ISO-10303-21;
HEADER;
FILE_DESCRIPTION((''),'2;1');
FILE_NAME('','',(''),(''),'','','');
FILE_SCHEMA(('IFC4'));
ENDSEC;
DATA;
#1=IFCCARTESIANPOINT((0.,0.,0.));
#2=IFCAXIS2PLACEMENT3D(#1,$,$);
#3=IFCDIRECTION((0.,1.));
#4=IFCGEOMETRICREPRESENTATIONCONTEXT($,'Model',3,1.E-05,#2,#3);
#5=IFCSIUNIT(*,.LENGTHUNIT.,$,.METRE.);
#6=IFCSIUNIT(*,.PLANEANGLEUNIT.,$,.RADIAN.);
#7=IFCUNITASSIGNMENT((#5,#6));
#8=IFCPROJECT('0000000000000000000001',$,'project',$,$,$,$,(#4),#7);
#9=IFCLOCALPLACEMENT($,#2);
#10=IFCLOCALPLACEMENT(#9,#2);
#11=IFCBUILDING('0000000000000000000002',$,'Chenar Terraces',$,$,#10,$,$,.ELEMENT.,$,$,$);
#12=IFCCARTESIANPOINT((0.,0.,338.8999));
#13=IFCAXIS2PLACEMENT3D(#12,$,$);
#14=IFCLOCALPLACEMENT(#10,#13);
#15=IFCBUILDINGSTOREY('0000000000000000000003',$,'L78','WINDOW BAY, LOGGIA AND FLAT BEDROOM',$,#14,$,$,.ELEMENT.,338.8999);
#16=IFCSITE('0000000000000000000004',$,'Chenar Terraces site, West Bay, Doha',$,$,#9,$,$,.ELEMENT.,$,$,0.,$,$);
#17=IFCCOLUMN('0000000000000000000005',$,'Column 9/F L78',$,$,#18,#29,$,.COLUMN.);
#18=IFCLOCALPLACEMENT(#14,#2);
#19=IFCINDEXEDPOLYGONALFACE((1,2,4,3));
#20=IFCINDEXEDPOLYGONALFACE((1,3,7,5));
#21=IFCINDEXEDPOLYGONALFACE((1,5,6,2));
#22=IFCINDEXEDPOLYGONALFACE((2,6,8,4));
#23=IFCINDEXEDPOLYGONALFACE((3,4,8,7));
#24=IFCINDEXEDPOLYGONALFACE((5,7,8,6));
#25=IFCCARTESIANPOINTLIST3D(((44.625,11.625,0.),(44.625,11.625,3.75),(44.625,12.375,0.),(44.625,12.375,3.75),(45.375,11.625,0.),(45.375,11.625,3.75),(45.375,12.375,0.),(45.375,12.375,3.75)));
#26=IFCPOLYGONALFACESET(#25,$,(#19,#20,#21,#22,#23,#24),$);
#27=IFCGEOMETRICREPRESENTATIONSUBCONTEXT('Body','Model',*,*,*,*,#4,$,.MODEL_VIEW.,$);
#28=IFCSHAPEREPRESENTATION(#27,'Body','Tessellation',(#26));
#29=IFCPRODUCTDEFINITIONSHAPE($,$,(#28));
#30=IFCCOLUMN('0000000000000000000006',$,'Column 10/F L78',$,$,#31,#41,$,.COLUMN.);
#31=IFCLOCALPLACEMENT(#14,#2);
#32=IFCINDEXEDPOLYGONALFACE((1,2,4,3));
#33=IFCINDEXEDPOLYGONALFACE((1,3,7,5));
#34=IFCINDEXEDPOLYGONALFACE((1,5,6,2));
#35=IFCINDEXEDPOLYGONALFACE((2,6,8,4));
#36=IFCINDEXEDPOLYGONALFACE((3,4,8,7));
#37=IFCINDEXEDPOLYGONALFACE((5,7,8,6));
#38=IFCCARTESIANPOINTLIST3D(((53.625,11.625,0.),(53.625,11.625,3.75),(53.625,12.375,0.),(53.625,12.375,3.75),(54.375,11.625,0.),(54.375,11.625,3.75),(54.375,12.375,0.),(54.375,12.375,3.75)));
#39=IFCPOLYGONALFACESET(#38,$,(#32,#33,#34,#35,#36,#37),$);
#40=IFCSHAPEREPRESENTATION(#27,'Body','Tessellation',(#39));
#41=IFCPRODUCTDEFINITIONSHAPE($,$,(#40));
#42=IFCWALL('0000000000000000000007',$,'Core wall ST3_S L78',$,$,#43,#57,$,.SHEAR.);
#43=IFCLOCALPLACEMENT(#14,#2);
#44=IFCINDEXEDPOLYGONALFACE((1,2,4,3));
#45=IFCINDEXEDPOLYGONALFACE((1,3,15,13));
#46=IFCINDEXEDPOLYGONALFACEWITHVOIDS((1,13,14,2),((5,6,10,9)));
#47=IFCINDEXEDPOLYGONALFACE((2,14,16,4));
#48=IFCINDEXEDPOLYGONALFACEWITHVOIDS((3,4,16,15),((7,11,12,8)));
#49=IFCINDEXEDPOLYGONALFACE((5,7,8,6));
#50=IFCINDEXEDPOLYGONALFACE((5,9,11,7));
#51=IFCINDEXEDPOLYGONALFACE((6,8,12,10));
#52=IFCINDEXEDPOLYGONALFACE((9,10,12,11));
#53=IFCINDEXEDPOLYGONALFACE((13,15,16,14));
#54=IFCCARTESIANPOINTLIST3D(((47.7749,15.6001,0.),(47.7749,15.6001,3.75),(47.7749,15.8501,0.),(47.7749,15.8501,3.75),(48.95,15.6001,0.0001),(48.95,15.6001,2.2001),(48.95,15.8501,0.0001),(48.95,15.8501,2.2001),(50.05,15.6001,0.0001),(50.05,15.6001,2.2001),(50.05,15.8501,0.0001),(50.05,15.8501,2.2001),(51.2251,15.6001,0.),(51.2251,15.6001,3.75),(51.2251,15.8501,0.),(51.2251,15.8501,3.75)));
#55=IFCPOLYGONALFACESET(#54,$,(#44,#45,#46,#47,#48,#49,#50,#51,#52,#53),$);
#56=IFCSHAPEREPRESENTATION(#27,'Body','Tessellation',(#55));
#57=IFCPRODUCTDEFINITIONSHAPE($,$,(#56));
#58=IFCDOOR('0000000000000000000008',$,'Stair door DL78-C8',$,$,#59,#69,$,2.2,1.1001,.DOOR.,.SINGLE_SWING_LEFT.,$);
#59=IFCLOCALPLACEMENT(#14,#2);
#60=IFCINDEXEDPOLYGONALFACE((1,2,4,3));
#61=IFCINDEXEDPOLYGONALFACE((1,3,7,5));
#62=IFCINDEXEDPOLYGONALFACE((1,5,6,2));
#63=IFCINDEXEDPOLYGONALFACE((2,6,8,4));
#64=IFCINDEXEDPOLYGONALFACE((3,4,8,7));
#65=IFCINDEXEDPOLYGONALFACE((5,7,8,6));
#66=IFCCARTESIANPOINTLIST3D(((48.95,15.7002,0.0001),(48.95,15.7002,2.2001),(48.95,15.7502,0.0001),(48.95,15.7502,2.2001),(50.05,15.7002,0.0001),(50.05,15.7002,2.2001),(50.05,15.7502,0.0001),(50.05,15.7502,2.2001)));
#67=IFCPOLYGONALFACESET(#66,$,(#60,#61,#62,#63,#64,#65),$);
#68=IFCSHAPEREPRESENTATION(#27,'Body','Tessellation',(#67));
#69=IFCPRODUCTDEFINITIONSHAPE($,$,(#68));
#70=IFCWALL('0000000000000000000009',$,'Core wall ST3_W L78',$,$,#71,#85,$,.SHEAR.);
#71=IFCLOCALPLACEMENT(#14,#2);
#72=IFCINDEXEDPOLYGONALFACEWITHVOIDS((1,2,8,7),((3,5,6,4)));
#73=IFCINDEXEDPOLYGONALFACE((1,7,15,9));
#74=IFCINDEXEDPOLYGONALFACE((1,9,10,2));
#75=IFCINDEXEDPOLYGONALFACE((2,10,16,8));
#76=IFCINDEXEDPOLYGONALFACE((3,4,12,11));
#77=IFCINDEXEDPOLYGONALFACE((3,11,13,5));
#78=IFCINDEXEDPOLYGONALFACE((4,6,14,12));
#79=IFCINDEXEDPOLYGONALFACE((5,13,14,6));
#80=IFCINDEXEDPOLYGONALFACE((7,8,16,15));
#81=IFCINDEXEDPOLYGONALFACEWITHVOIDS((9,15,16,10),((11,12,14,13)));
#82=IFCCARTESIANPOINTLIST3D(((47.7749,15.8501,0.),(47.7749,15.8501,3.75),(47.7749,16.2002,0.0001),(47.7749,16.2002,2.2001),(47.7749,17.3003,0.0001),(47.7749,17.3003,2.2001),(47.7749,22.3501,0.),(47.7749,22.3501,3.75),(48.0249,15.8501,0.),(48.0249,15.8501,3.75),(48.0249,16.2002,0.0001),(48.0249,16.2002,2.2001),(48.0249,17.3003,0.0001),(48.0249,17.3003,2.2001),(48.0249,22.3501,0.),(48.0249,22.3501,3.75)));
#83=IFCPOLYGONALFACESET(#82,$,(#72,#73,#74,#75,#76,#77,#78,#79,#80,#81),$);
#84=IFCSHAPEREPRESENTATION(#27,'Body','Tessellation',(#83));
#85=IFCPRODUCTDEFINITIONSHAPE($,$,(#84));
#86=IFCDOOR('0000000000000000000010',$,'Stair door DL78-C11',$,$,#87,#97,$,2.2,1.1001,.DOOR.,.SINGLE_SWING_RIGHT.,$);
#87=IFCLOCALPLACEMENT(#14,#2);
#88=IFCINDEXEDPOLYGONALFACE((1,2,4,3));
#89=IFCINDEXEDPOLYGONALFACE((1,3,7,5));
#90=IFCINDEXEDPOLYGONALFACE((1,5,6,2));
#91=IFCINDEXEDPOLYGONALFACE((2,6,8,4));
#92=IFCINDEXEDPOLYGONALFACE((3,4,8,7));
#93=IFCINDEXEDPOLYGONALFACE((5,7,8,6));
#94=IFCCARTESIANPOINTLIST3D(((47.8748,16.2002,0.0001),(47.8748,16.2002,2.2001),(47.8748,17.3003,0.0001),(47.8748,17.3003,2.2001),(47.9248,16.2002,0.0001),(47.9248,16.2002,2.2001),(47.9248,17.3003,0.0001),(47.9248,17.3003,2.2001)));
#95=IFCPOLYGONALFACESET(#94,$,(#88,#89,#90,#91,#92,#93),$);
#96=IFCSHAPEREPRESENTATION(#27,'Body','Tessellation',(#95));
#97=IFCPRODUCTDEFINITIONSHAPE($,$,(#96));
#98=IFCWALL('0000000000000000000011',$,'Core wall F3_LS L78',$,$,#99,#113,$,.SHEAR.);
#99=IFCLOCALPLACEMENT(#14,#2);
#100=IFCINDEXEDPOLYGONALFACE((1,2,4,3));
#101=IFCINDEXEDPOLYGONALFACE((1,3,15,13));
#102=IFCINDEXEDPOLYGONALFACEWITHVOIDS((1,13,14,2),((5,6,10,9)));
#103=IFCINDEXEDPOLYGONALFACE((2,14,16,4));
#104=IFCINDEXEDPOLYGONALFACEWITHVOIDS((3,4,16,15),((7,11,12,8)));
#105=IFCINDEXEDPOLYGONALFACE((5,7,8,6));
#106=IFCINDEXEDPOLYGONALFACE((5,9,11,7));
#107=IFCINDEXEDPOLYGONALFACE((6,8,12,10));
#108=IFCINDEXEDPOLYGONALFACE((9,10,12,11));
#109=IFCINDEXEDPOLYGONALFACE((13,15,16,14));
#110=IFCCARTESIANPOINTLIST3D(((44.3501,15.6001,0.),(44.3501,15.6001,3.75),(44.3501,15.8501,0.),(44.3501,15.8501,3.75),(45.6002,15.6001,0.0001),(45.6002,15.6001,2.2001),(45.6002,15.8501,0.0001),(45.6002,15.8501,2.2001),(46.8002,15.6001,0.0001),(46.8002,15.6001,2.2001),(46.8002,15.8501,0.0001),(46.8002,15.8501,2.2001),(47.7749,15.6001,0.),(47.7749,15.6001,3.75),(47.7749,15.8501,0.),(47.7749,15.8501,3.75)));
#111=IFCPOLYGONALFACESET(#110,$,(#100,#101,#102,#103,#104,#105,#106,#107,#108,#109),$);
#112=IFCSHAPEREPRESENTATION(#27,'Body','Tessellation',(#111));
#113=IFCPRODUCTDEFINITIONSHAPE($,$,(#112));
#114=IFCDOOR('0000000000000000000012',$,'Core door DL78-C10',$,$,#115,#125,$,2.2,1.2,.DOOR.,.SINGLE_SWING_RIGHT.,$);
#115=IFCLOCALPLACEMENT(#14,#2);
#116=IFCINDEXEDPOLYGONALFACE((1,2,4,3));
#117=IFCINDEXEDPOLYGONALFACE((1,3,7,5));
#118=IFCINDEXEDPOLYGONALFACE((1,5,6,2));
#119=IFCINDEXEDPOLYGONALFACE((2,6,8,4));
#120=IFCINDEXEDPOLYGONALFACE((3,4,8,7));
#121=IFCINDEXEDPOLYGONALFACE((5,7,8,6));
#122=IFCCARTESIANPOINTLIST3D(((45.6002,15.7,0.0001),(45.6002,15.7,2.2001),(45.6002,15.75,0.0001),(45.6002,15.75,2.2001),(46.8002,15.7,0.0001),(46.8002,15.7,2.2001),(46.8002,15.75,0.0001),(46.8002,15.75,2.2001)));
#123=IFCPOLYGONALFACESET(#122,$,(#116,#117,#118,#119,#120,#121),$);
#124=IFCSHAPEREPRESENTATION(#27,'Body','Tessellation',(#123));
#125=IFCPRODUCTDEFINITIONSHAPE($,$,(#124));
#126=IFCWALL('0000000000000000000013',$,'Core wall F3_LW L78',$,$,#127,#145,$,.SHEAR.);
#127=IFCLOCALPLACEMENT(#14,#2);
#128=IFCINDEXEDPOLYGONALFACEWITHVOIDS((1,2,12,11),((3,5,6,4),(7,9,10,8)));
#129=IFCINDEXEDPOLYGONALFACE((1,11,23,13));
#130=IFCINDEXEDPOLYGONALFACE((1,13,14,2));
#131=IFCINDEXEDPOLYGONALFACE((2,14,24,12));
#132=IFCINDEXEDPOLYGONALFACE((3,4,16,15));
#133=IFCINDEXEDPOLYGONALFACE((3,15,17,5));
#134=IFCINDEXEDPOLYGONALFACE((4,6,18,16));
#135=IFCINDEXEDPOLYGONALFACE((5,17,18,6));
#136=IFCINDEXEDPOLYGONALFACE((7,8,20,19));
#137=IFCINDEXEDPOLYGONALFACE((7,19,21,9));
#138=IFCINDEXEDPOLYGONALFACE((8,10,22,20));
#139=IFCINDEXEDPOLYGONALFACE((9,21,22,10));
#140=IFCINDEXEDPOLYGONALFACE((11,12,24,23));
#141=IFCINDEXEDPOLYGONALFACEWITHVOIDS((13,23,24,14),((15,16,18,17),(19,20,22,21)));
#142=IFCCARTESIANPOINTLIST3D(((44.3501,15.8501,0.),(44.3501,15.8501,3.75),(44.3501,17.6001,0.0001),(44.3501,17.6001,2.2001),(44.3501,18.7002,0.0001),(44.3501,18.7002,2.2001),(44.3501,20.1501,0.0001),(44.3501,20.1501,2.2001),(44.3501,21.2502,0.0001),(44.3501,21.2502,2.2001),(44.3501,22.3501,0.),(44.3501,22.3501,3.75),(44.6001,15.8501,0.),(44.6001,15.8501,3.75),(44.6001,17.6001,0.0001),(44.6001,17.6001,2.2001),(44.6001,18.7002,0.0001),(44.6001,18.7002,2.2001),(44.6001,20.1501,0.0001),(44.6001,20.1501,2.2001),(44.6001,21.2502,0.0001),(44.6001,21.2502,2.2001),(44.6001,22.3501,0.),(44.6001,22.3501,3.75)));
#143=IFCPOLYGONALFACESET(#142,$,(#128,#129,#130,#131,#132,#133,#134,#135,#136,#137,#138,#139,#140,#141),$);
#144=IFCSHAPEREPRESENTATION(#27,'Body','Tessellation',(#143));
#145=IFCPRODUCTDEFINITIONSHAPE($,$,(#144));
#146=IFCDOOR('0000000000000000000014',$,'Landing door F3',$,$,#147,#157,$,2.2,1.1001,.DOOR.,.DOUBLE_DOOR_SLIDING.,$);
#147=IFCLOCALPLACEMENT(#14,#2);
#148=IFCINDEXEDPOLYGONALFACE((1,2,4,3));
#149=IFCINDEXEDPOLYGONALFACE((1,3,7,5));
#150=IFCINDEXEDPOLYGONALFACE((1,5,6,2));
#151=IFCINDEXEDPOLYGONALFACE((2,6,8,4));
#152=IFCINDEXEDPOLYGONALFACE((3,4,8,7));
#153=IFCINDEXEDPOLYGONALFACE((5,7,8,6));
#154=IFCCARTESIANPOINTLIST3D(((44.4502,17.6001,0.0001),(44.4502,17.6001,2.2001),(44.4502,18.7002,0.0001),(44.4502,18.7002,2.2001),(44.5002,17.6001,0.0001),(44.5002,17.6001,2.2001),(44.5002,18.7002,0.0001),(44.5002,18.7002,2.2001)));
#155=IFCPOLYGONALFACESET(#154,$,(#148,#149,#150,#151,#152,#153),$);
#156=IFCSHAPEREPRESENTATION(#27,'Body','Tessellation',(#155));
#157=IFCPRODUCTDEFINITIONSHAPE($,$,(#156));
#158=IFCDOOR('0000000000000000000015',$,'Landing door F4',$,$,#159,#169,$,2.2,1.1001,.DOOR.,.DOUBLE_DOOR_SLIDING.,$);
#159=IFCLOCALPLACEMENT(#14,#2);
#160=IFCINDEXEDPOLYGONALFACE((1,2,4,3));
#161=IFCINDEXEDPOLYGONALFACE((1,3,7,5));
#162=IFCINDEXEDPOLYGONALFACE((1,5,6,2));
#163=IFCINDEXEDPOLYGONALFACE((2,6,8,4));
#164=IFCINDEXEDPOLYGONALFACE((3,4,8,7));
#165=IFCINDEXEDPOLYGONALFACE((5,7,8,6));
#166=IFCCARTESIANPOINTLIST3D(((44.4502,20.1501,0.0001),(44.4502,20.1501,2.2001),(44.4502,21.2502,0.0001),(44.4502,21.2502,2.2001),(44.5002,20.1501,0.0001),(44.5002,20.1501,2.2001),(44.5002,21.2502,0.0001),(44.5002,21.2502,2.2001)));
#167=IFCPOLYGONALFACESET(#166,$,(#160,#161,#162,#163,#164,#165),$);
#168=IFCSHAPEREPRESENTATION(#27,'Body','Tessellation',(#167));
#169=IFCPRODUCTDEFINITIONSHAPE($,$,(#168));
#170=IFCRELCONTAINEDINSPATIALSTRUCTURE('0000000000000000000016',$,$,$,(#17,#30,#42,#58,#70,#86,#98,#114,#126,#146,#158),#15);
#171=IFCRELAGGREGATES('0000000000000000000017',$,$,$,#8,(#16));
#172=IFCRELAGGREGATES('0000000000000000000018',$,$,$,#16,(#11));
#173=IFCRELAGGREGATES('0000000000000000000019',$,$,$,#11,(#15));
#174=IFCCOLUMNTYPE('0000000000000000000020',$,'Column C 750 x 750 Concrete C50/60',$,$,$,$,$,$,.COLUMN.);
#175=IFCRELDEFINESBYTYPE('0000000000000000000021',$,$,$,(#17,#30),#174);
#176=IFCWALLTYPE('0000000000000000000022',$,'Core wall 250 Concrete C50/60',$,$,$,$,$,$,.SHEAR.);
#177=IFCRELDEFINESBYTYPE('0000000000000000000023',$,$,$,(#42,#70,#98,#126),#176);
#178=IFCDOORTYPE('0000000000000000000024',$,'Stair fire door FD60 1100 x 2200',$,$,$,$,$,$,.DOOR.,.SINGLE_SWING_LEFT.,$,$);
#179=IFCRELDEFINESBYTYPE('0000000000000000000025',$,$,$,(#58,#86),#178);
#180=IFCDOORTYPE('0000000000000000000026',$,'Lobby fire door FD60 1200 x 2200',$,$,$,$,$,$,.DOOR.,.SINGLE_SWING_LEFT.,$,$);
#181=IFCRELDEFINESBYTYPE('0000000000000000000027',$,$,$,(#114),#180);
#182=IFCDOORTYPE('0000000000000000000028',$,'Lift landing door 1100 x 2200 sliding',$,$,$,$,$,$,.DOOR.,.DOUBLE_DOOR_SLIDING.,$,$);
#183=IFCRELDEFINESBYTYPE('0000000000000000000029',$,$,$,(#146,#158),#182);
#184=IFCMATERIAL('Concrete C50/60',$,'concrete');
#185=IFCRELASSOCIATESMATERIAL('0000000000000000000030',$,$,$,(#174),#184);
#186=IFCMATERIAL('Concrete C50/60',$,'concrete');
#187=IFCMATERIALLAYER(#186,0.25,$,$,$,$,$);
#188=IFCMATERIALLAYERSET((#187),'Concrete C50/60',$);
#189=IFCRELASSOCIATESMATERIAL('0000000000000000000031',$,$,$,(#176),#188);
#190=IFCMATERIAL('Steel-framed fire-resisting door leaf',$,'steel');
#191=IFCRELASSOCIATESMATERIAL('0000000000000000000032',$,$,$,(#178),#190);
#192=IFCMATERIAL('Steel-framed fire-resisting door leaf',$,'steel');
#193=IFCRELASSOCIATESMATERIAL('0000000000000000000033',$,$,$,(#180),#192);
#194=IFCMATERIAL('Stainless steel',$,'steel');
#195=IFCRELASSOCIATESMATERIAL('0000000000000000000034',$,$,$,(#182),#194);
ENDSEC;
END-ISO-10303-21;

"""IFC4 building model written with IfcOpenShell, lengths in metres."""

from ifc_helpers import new_model, si_unit, direction, frame, frame_2d, origin, origin_2d, place, context, subcontext, project, spatial, rectangle, extrude, material, layer, layer_set, material_profile, profile_set, type_object, element, fill, save


model = new_model("IFC4")

# Units and contexts
model_context = context("Model", 3, precision=1e-05, world=origin(), true_north=direction((0.0, 1.0)))
body_context = subcontext(model_context, "Body", "Model", "MODEL_VIEW")
ifc_project = project(units=[si_unit("LENGTHUNIT", "METRE"), si_unit("PLANEANGLEUNIT", "RADIAN")], contexts=[model_context])

# Site, building, storey
site_placement = place(None, origin())
site = spatial("IfcSite", under=ifc_project, at=site_placement, Name="Chenar Terraces site, West Bay, Doha", CompositionType="ELEMENT", RefElevation=0.0)
building_placement = place(site_placement, origin())
building = spatial("IfcBuilding", under=site, at=building_placement, Name="Chenar Terraces", CompositionType="ELEMENT")
storey_placement = place(building_placement, frame((0.0, 0.0, 338.8999)))
storey = spatial("IfcBuildingStorey", under=building, at=storey_placement, Name="L78", Description="WINDOW BAY, LOGGIA AND FLAT BEDROOM", CompositionType="ELEMENT", Elevation=338.8999)

# Columns
ifc_material_1 = material(Name="Concrete C50/60", Category="concrete")
ifc_material_profile_1 = material_profile(ifc_material_1, rectangle(XDim=0.75, YDim=0.75, at=origin_2d()), Name="C 750 x 750")
ifc_profile_set_1 = profile_set([ifc_material_profile_1], Name="Concrete C50/60")
column_type = type_object("IfcColumnType", Name="Column C 750 x 750 Concrete C50/60", PredefinedType="COLUMN", material=ifc_profile_set_1)
for number, where, z_axis, x_axis, name in (
    (1, (45.0, 12.0, 0.0), (0.0, 0.0, 1.0), (1.0, 0.0, 0.0), "Column 9/F L78"),
    (2, (54.0, 12.0, 0.0), (0.0, 0.0, 1.0), (1.0, 0.0, 0.0), "Column 10/F L78"),
):
    element("IfcColumn", number, at=place(storey_placement, frame(where, z_axis=z_axis, x_axis=x_axis)), inside=storey, type_object=column_type, Name=name, PredefinedType="COLUMN", context=body_context, shape_type="SweptSolid", body=[
        extrude(rectangle(XDim=0.75, YDim=0.75, at=origin_2d()), origin(), (0.0, 0.0, 1.0), 3.75),
    ])

# Walls, openings, doors
ifc_material_2 = material(Name="Concrete C50/60", Category="concrete")
ifc_layer_1 = layer(ifc_material_2, 0.25)
ifc_layer_set_1 = layer_set([ifc_layer_1], Name="Concrete C50/60")
wall_type_1 = type_object("IfcWallType", Name="Core wall 250 Concrete C50/60", PredefinedType="SHEAR", material=ifc_layer_set_1)
wall_1_placement = place(storey_placement, frame((47.7749, 15.7251, 0.0), z_axis=(0.0, 0.0, 1.0), x_axis=(1.0, 0.0, 0.0)))
wall_1 = element("IfcWall", 3, at=wall_1_placement, inside=storey, type_object=wall_type_1, Name="Core wall ST3_S L78", PredefinedType="SHEAR", context=body_context, shape_type="SweptSolid", body=[
    extrude(rectangle(XDim=3.4502, YDim=0.25, at=frame_2d((1.7251, 0.0))), origin(), (0.0, 0.0, 1.0), 3.75),
])
opening_1_placement = place(wall_1_placement, frame((1.175, 0.0, 0.0)))
opening_1 = element("IfcOpeningElement", 4, at=opening_1_placement, cuts=wall_1, PredefinedType="OPENING", context=body_context, shape_type="SweptSolid", body=[
    extrude(rectangle(XDim=1.1001, YDim=2.2, at=frame_2d((0.55, 1.1001))), frame((0.0, 0.135, 0.0), z_axis=(0.0, -1.0, 0.0), x_axis=(1.0, 0.0, 0.0)), (0.0, 0.0, 1.0), 0.27),
])
ifc_material_3 = material(Name="Steel-framed fire-resisting door leaf", Category="steel")
door_type_1 = type_object("IfcDoorType", Name="Stair fire door FD60 1100 x 2200", OperationType="SINGLE_SWING_LEFT", PredefinedType="DOOR", material=ifc_material_3)
door_1_placement = place(opening_1_placement, frame((1.1001, 0.0, 0.0), z_axis=(0.0, 0.0, 1.0), x_axis=(-1.0, 0.0, 0.0)))
door_1 = element("IfcDoor", 5, at=door_1_placement, inside=storey, type_object=door_type_1, Name="Stair door DL78-C8", OperationType="SINGLE_SWING_LEFT", OverallHeight=2.2, OverallWidth=1.1001, PredefinedType="DOOR", context=body_context, shape_type="SweptSolid", body=[
    extrude(rectangle(XDim=1.1001, YDim=2.2, at=frame_2d((0.55, 1.1001))), frame((0.0, 0.0249, 0.0), z_axis=(0.0, -1.0, 0.0), x_axis=(1.0, 0.0, 0.0)), (0.0, 0.0, 1.0), 0.05),
])
fill(opening_1, door_1)
wall_2_placement = place(storey_placement, frame((47.8999, 15.8501, 0.0), z_axis=(0.0, 0.0, 1.0), x_axis=(0.0, 1.0, 0.0)))
wall_2 = element("IfcWall", 6, at=wall_2_placement, inside=storey, type_object=wall_type_1, Name="Core wall ST3_W L78", PredefinedType="SHEAR", context=body_context, shape_type="SweptSolid", body=[
    extrude(rectangle(XDim=6.5, YDim=0.25, at=frame_2d((3.25, 0.0))), origin(), (0.0, 0.0, 1.0), 3.75),
])
opening_2_placement = place(wall_2_placement, frame((0.3501, 0.0, 0.0)))
opening_2 = element("IfcOpeningElement", 7, at=opening_2_placement, cuts=wall_2, PredefinedType="OPENING", context=body_context, shape_type="SweptSolid", body=[
    extrude(rectangle(XDim=1.1001, YDim=2.2, at=frame_2d((0.55, 1.1001))), frame((0.0, 0.135, 0.0), z_axis=(0.0, -1.0, 0.0), x_axis=(1.0, 0.0, 0.0)), (0.0, 0.0, 1.0), 0.27),
])
door_2_placement = place(opening_2_placement, frame((1.1001, 0.0, 0.0), z_axis=(0.0, 0.0, 1.0), x_axis=(-1.0, 0.0, 0.0)))
door_2 = element("IfcDoor", 8, at=door_2_placement, inside=storey, type_object=door_type_1, Name="Stair door DL78-C11", OperationType="SINGLE_SWING_RIGHT", OverallHeight=2.2, OverallWidth=1.1001, PredefinedType="DOOR", context=body_context, shape_type="SweptSolid", body=[
    extrude(rectangle(XDim=1.1001, YDim=2.2, at=frame_2d((0.55, 1.1001))), frame((0.0, 0.0249, 0.0), z_axis=(0.0, -1.0, 0.0), x_axis=(1.0, 0.0, 0.0)), (0.0, 0.0, 1.0), 0.05),
])
fill(opening_2, door_2)
wall_3_placement = place(storey_placement, frame((44.3501, 15.7251, 0.0), z_axis=(0.0, 0.0, 1.0), x_axis=(1.0, 0.0, 0.0)))
wall_3 = element("IfcWall", 9, at=wall_3_placement, inside=storey, type_object=wall_type_1, Name="Core wall F3_LS L78", PredefinedType="SHEAR", context=body_context, shape_type="SweptSolid", body=[
    extrude(rectangle(XDim=3.4248, YDim=0.25, at=frame_2d((1.7124, 0.0))), origin(), (0.0, 0.0, 1.0), 3.75),
])
opening_3_placement = place(wall_3_placement, frame((1.25, 0.0, 0.0)))
opening_3 = element("IfcOpeningElement", 10, at=opening_3_placement, cuts=wall_3, PredefinedType="OPENING", context=body_context, shape_type="SweptSolid", body=[
    extrude(rectangle(XDim=1.2, YDim=2.2, at=frame_2d((0.6001, 1.1001))), frame((0.0, 0.135, 0.0), z_axis=(0.0, -1.0, 0.0), x_axis=(1.0, 0.0, 0.0)), (0.0, 0.0, 1.0), 0.27),
])
ifc_material_4 = material(Name="Steel-framed fire-resisting door leaf", Category="steel")
door_type_2 = type_object("IfcDoorType", Name="Lobby fire door FD60 1200 x 2200", OperationType="SINGLE_SWING_LEFT", PredefinedType="DOOR", material=ifc_material_4)
door_3_placement = place(opening_3_placement, origin())
door_3 = element("IfcDoor", 11, at=door_3_placement, inside=storey, type_object=door_type_2, Name="Core door DL78-C10", OperationType="SINGLE_SWING_RIGHT", OverallHeight=2.2, OverallWidth=1.2, PredefinedType="DOOR", context=body_context, shape_type="SweptSolid", body=[
    extrude(rectangle(XDim=1.2, YDim=2.2, at=frame_2d((0.6001, 1.1001))), frame((0.0, 0.0249, 0.0), z_axis=(0.0, -1.0, 0.0), x_axis=(1.0, 0.0, 0.0)), (0.0, 0.0, 1.0), 0.05),
])
fill(opening_3, door_3)

# Wall, openings, doors
wall_4_placement = place(storey_placement, frame((44.4751, 15.8501, 0.0), z_axis=(0.0, 0.0, 1.0), x_axis=(0.0, 1.0, 0.0)))
wall_4 = element("IfcWall", 12, at=wall_4_placement, inside=storey, type_object=wall_type_1, Name="Core wall F3_LW L78", PredefinedType="SHEAR", context=body_context, shape_type="SweptSolid", body=[
    extrude(rectangle(XDim=6.5, YDim=0.25, at=frame_2d((3.25, 0.0))), origin(), (0.0, 0.0, 1.0), 3.75),
])
opening_4_placement = place(wall_4_placement, frame((1.75, 0.0, 0.0)))
opening_4 = element("IfcOpeningElement", 13, at=opening_4_placement, cuts=wall_4, PredefinedType="OPENING", context=body_context, shape_type="SweptSolid", body=[
    extrude(rectangle(XDim=1.1001, YDim=2.2, at=frame_2d((0.55, 1.1001))), frame((0.0, 0.135, 0.0), z_axis=(0.0, -1.0, 0.0), x_axis=(1.0, 0.0, 0.0)), (0.0, 0.0, 1.0), 0.27),
])
opening_5_placement = place(wall_4_placement, frame((4.3, 0.0, 0.0)))
opening_5 = element("IfcOpeningElement", 14, at=opening_5_placement, cuts=wall_4, PredefinedType="OPENING", context=body_context, shape_type="SweptSolid", body=[
    extrude(rectangle(XDim=1.1001, YDim=2.2, at=frame_2d((0.55, 1.1001))), frame((0.0, 0.135, 0.0), z_axis=(0.0, -1.0, 0.0), x_axis=(1.0, 0.0, 0.0)), (0.0, 0.0, 1.0), 0.27),
])
ifc_material_5 = material(Name="Stainless steel", Category="steel")
door_type_3 = type_object("IfcDoorType", Name="Lift landing door 1100 x 2200 sliding", OperationType="DOUBLE_DOOR_SLIDING", PredefinedType="DOOR", material=ifc_material_5)
door_4_placement = place(opening_4_placement, origin())
door_4 = element("IfcDoor", 15, at=door_4_placement, inside=storey, type_object=door_type_3, Name="Landing door F3", OperationType="DOUBLE_DOOR_SLIDING", OverallHeight=2.2, OverallWidth=1.1001, PredefinedType="DOOR", context=body_context, shape_type="SweptSolid", body=[
    extrude(rectangle(XDim=1.1001, YDim=2.2, at=frame_2d((0.55, 1.1001))), frame((0.0, 0.0249, 0.0), z_axis=(0.0, -1.0, 0.0), x_axis=(1.0, 0.0, 0.0)), (0.0, 0.0, 1.0), 0.05),
])
fill(opening_4, door_4)
door_5_placement = place(opening_5_placement, origin())
door_5 = element("IfcDoor", 16, at=door_5_placement, inside=storey, type_object=door_type_3, Name="Landing door F4", OperationType="DOUBLE_DOOR_SLIDING", OverallHeight=2.2, OverallWidth=1.1001, PredefinedType="DOOR", context=body_context, shape_type="SweptSolid", body=[
    extrude(rectangle(XDim=1.1001, YDim=2.2, at=frame_2d((0.55, 1.1001))), frame((0.0, 0.0249, 0.0), z_axis=(0.0, -1.0, 0.0), x_axis=(1.0, 0.0, 0.0)), (0.0, 0.0, 1.0), 0.05),
])
fill(opening_5, door_5)

save(model, "model.ifc")
